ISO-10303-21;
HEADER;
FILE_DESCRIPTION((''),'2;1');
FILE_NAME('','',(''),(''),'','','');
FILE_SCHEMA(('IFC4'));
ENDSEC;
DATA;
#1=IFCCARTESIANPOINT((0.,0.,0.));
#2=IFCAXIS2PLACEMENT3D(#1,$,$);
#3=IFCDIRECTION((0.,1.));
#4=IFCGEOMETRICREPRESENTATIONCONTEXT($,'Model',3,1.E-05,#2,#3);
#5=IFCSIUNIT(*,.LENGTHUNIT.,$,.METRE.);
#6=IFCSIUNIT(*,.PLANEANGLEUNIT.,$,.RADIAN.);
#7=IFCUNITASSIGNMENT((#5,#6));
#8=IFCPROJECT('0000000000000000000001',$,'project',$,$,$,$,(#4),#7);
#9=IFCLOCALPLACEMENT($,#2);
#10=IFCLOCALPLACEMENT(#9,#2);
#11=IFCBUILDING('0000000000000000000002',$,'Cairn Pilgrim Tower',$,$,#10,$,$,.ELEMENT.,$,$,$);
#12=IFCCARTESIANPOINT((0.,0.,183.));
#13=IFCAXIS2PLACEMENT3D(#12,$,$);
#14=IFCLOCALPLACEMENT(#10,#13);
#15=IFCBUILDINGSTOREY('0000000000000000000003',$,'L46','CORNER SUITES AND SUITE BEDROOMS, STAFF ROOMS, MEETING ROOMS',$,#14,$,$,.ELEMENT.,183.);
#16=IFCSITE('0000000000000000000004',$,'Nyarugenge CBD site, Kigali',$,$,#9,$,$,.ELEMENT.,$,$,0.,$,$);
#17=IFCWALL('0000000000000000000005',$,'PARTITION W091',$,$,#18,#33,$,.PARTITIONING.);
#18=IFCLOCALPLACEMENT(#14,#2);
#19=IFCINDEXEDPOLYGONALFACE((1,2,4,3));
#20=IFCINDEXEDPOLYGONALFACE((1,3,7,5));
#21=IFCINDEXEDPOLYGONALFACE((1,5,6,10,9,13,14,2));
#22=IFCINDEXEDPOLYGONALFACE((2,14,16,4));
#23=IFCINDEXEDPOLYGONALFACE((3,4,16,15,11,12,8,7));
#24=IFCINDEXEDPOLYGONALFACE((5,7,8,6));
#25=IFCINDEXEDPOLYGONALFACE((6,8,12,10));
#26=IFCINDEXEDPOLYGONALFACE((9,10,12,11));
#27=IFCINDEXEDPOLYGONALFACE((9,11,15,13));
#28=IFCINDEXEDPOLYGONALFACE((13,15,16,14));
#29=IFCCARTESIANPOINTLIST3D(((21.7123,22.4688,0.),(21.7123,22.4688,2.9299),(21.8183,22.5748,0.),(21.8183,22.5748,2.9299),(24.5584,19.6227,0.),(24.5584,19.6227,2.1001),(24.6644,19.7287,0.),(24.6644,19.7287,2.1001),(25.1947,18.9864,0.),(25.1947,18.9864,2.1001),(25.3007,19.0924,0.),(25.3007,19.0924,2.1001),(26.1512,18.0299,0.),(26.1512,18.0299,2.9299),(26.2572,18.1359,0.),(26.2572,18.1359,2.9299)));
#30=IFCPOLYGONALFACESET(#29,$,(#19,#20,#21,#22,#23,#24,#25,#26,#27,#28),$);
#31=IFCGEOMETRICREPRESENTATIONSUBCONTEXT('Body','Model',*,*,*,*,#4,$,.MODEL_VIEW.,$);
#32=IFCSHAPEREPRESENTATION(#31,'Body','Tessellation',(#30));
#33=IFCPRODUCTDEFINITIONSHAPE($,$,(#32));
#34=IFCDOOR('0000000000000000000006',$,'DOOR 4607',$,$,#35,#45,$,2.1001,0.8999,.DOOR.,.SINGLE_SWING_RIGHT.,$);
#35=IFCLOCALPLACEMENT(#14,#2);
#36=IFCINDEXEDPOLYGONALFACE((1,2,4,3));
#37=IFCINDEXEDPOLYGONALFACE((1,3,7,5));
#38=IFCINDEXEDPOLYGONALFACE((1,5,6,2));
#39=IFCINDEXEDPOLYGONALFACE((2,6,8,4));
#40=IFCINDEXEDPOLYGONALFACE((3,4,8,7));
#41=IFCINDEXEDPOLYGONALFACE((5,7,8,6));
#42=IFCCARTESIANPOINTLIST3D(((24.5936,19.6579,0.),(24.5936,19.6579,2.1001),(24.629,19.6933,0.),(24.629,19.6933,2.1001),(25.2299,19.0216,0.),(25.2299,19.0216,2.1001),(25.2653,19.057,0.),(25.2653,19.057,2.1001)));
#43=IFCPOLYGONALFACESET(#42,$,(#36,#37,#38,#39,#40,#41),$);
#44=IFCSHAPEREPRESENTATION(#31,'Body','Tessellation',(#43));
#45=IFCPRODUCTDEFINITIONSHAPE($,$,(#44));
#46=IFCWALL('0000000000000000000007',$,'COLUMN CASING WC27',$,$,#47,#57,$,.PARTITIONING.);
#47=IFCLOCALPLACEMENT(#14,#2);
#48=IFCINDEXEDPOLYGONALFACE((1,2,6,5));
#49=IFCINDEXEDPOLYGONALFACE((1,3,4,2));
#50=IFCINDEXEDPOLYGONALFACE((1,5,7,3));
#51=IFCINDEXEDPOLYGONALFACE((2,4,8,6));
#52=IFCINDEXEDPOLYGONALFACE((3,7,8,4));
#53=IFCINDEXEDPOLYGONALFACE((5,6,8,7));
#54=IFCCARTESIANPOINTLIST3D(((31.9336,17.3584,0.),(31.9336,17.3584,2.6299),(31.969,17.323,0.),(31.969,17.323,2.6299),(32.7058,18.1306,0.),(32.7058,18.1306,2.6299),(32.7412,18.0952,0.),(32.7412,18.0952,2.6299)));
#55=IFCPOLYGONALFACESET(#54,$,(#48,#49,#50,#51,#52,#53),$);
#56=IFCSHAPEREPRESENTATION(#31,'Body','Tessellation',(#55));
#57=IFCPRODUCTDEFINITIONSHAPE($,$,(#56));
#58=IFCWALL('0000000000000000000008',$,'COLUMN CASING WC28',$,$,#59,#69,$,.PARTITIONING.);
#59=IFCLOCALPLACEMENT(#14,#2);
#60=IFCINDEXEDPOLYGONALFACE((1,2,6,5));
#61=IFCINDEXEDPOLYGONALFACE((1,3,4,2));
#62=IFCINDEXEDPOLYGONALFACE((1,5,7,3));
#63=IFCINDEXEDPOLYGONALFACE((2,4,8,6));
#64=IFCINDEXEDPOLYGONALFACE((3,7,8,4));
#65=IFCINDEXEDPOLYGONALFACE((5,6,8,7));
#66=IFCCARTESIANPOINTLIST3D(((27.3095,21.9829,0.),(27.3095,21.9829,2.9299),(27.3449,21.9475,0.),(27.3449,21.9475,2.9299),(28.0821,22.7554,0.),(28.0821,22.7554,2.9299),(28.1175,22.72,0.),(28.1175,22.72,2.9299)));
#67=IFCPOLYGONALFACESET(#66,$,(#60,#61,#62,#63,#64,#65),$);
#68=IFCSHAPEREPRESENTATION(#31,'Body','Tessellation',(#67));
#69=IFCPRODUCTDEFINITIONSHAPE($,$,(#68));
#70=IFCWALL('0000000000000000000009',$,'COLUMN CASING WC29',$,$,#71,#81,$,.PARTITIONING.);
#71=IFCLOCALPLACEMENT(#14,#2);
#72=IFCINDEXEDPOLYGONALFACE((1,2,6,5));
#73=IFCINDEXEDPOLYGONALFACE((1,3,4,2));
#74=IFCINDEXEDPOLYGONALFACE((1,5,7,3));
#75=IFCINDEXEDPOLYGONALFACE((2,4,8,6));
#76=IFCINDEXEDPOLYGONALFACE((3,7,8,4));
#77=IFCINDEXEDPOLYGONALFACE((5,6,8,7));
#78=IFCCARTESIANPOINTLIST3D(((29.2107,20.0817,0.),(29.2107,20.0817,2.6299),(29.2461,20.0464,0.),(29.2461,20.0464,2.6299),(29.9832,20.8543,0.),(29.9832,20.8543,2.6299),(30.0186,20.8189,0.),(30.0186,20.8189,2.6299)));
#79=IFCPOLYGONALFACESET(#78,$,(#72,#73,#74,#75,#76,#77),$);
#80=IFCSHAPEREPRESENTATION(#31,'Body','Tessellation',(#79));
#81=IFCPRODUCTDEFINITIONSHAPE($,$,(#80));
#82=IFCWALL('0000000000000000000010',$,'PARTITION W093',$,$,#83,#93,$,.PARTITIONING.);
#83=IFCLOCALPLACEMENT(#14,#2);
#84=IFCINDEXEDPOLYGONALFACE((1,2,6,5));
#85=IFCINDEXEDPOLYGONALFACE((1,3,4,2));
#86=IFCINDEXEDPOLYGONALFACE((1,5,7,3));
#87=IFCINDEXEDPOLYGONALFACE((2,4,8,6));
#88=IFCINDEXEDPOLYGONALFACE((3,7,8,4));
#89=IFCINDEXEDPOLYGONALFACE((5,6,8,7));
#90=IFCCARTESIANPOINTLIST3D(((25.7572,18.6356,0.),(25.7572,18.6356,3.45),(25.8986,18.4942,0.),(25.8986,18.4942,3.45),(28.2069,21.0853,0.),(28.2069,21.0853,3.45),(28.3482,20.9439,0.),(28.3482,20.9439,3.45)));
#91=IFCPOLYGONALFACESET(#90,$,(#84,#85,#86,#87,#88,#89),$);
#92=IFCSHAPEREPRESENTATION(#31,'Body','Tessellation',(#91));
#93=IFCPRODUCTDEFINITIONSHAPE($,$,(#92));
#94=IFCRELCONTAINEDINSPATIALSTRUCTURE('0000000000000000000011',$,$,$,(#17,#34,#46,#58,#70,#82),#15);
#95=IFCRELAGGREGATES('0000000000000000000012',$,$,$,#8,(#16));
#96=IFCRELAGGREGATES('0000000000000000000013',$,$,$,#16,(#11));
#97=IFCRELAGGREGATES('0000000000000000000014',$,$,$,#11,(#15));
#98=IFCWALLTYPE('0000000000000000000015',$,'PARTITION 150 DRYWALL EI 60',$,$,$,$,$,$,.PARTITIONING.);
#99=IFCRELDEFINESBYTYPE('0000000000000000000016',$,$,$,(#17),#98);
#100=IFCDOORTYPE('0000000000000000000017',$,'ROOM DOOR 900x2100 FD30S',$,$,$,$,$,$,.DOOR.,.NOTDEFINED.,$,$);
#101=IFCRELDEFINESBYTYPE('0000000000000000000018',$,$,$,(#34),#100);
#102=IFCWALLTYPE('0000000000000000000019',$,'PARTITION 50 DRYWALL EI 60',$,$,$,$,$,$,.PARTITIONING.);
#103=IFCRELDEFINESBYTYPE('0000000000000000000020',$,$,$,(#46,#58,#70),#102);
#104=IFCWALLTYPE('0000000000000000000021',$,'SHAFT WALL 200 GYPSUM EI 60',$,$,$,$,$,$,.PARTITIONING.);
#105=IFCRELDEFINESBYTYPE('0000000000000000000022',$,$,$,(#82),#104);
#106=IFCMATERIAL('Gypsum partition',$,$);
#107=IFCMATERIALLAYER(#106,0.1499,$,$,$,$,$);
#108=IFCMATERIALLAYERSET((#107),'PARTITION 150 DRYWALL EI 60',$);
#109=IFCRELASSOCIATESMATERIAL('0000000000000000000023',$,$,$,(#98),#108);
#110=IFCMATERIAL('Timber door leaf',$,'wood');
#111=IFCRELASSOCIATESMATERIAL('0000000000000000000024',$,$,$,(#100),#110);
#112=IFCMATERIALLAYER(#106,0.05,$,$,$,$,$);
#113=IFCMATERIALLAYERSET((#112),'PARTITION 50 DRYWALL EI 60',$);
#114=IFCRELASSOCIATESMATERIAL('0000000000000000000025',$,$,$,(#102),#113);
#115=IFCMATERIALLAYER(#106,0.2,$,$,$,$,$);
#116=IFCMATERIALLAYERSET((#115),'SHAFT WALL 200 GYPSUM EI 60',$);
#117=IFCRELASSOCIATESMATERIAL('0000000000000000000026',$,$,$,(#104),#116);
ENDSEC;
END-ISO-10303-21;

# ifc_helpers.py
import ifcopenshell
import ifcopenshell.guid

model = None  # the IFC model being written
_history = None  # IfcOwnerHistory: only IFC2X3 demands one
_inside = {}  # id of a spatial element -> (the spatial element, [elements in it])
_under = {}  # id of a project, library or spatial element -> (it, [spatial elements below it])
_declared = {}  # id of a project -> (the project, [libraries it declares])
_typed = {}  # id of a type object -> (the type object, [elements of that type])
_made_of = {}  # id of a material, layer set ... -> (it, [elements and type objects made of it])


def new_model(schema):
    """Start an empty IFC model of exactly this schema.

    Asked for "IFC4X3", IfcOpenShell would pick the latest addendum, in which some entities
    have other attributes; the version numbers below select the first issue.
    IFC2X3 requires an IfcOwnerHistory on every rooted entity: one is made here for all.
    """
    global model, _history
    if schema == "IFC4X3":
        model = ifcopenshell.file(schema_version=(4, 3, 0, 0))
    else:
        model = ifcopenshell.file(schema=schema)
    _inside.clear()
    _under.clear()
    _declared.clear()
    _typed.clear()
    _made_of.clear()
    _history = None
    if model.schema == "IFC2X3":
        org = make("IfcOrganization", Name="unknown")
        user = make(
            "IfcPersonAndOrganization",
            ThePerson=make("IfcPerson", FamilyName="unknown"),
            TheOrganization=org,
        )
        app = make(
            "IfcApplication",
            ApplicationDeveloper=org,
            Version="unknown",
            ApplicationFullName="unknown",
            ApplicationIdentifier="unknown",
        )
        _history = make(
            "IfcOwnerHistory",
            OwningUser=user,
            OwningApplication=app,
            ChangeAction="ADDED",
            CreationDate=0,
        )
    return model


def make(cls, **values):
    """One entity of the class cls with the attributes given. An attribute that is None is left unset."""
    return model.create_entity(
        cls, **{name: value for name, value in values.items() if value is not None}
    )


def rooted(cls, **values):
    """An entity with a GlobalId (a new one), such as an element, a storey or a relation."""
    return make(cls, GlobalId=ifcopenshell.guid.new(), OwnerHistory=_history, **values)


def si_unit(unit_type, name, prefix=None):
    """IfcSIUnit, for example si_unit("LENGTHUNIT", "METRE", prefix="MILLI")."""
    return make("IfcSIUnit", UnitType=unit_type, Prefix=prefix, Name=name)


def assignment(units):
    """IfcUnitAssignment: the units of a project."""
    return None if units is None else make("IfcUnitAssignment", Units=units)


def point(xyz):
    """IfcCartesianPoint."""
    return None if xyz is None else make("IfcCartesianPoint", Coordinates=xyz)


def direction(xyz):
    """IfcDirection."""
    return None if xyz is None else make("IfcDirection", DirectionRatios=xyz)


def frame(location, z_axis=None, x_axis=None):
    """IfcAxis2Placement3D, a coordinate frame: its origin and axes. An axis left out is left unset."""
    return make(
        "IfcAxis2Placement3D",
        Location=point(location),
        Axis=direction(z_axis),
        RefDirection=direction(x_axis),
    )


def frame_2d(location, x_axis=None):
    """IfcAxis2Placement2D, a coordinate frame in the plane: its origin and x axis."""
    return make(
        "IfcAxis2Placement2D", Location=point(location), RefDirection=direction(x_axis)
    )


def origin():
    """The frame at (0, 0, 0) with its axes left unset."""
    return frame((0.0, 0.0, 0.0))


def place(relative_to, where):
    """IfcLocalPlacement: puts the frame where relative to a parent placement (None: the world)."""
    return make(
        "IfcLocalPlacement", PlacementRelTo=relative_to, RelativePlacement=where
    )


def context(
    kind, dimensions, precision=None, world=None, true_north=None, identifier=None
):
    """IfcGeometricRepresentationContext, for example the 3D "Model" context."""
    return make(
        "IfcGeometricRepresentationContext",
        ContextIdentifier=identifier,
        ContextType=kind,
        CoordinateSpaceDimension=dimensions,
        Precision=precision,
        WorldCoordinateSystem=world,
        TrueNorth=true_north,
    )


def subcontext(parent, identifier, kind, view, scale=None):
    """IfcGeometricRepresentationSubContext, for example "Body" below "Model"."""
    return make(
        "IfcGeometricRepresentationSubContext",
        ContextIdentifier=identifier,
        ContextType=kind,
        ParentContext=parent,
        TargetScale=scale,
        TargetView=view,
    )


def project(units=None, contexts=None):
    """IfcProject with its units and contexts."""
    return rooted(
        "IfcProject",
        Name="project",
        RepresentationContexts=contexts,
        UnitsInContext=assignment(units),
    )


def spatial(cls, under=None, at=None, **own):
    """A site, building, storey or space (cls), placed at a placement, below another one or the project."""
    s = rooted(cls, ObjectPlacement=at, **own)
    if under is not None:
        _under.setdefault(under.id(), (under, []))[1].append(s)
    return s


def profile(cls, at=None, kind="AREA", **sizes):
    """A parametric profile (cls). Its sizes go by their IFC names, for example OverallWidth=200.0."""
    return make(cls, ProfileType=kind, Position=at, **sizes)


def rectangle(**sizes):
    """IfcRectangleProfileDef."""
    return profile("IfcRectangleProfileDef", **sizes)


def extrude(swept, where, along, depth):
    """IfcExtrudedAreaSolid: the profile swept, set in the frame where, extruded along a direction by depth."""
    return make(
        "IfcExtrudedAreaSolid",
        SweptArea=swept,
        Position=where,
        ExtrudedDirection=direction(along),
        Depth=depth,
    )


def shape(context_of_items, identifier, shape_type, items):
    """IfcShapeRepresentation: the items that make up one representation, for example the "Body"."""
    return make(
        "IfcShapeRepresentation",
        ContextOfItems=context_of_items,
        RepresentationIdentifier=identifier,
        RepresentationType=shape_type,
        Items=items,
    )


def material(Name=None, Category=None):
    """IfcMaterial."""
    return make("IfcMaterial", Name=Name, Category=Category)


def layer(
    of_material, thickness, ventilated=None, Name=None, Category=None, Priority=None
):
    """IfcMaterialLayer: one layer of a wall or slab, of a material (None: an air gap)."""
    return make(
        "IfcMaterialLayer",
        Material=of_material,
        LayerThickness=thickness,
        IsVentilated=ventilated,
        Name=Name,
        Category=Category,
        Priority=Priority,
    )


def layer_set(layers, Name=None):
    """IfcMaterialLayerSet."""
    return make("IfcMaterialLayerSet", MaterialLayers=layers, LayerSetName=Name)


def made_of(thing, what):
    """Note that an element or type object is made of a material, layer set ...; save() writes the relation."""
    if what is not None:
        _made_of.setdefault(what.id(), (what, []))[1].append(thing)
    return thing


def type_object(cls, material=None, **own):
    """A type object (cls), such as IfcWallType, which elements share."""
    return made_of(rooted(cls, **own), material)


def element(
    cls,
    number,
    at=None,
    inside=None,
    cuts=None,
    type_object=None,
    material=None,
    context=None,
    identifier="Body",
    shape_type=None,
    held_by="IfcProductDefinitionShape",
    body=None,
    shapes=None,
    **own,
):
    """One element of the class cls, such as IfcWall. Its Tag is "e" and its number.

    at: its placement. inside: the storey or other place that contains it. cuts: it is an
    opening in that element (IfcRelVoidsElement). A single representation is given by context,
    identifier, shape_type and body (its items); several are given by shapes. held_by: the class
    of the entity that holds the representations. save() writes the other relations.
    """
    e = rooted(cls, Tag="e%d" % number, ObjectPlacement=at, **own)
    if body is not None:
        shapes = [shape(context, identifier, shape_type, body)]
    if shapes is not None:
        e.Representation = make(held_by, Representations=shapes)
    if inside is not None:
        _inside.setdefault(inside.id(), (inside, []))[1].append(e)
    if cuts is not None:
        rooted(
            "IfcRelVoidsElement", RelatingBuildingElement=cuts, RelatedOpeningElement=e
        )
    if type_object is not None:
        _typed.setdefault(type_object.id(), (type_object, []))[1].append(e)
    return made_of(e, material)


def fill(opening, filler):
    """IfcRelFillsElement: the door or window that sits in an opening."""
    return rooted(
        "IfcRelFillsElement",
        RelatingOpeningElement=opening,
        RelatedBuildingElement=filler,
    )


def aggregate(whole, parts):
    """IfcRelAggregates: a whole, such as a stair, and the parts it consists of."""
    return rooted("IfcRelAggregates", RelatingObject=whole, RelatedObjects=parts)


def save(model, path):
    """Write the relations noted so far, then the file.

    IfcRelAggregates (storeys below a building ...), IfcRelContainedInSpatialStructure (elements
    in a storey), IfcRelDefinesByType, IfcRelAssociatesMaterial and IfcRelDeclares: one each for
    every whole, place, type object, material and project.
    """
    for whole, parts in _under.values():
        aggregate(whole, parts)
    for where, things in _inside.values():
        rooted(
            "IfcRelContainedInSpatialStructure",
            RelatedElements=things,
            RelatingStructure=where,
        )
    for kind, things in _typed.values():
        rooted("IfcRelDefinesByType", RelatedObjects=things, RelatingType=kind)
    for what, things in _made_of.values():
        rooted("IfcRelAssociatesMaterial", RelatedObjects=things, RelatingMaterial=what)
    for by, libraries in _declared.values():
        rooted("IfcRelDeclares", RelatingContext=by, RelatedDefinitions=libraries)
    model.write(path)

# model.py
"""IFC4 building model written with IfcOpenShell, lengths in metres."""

from ifc_helpers import new_model, si_unit, direction, frame, frame_2d, origin, place, context, subcontext, project, spatial, rectangle, extrude, material, layer, layer_set, type_object, element, fill, save


model = new_model("IFC4")

# Units and contexts
model_context = context("Model", 3, precision=1e-05, world=origin(), true_north=direction((0.0, 1.0)))
body_context = subcontext(model_context, "Body", "Model", "MODEL_VIEW")
ifc_project = project(units=[si_unit("LENGTHUNIT", "METRE"), si_unit("PLANEANGLEUNIT", "RADIAN")], contexts=[model_context])

# Site, building, storey
site_placement = place(None, origin())
site = spatial("IfcSite", under=ifc_project, at=site_placement, Name="Nyarugenge CBD site, Kigali", CompositionType="ELEMENT", RefElevation=0.0)
building_placement = place(site_placement, origin())
building = spatial("IfcBuilding", under=site, at=building_placement, Name="Cairn Pilgrim Tower", CompositionType="ELEMENT")
storey_placement = place(building_placement, frame((0.0, 0.0, 183.0)))
storey = spatial("IfcBuildingStorey", under=building, at=storey_placement, Name="L46", Description="CORNER SUITES AND SUITE BEDROOMS, STAFF ROOMS, MEETING ROOMS", CompositionType="ELEMENT", Elevation=183.0)

# Shared definitions
ifc_material_1 = material(Name="Gypsum partition")

# Wall, opening, door
ifc_layer_1 = layer(ifc_material_1, 0.1499)
ifc_layer_set_1 = layer_set([ifc_layer_1], Name="PARTITION 150 DRYWALL EI 60")
wall_type_1 = type_object("IfcWallType", Name="PARTITION 150 DRYWALL EI 60", PredefinedType="PARTITIONING", material=ifc_layer_set_1)
wall_1_placement = place(storey_placement, frame((26.2041, 18.083, 0.0), z_axis=(0.0, 0.0, 1.0), x_axis=(-0.707107, 0.707107, 0.0)))
wall_1 = element("IfcWall", 1, at=wall_1_placement, inside=storey, type_object=wall_type_1, Name="PARTITION W091", PredefinedType="PARTITIONING", context=body_context, shape_type="SweptSolid", body=[
    extrude(rectangle(XDim=6.2776, YDim=0.1499, at=frame_2d((3.1387, 0.0))), origin(), (0.0, 0.0, 1.0), 2.9299),
])
opening_1_placement = place(wall_1_placement, frame((1.3525, 0.0, 0.0)))
opening_1 = element("IfcOpeningElement", 2, at=opening_1_placement, cuts=wall_1, PredefinedType="OPENING", context=body_context, shape_type="SweptSolid", body=[
    extrude(rectangle(XDim=0.8999, YDim=2.1001, at=frame_2d((0.45, 1.05))), frame((0.0, 0.085, 0.0), z_axis=(0.0, -1.0, 0.0), x_axis=(1.0, 0.0, 0.0)), (0.0, 0.0, 1.0), 0.1699),
])
ifc_material_2 = material(Name="Timber door leaf", Category="wood")
door_type_1 = type_object("IfcDoorType", Name="ROOM DOOR 900x2100 FD30S", OperationType="NOTDEFINED", PredefinedType="DOOR", material=ifc_material_2)
door_1_placement = place(opening_1_placement, frame((0.8999, 0.0, 0.0), z_axis=(0.0, 0.0, 1.0), x_axis=(-1.0, 0.0, 0.0)))
door_1 = element("IfcDoor", 3, at=door_1_placement, inside=storey, type_object=door_type_1, Name="DOOR 4607", OperationType="SINGLE_SWING_RIGHT", OverallHeight=2.1001, OverallWidth=0.8999, PredefinedType="DOOR", context=body_context, shape_type="SweptSolid", body=[
    extrude(rectangle(XDim=0.8999, YDim=2.1001, at=frame_2d((0.45, 1.05))), frame((0.0, 0.0249, 0.0), z_axis=(0.0, -1.0, 0.0), x_axis=(1.0, 0.0, 0.0)), (0.0, 0.0, 1.0), 0.05),
])
fill(opening_1, door_1)

# Walls
ifc_layer_2 = layer(ifc_material_1, 0.05)
ifc_layer_set_2 = layer_set([ifc_layer_2], Name="PARTITION 50 DRYWALL EI 60")
wall_type_2 = type_object("IfcWallType", Name="PARTITION 50 DRYWALL EI 60", PredefinedType="PARTITIONING", material=ifc_layer_set_2)
wall_2_placement = place(storey_placement, frame((31.9514, 17.3408, 0.0), z_axis=(0.0, 0.0, 1.0), x_axis=(0.707107, 0.707107, 0.0)))
element("IfcWall", 4, at=wall_2_placement, inside=storey, type_object=wall_type_2, Name="COLUMN CASING WC27", PredefinedType="PARTITIONING", context=body_context, shape_type="SweptSolid", body=[
    extrude(rectangle(XDim=1.092, YDim=0.05, at=frame_2d((0.5459, 0.0))), origin(), (0.0, 0.0, 1.0), 2.6299),
])
wall_3_placement = place(storey_placement, frame((27.3271, 21.9651, 0.0), z_axis=(0.0, 0.0, 1.0), x_axis=(0.707107, 0.707107, 0.0)))
element("IfcWall", 5, at=wall_3_placement, inside=storey, type_object=wall_type_2, Name="COLUMN CASING WC28", PredefinedType="PARTITIONING", context=body_context, shape_type="SweptSolid", body=[
    extrude(rectangle(XDim=1.0925, YDim=0.05, at=frame_2d((0.5464, 0.0))), origin(), (0.0, 0.0, 1.0), 2.9299),
])
wall_4_placement = place(storey_placement, frame((29.2283, 20.064, 0.0), z_axis=(0.0, 0.0, 1.0), x_axis=(0.707107, 0.707107, 0.0)))
element("IfcWall", 6, at=wall_4_placement, inside=storey, type_object=wall_type_2, Name="COLUMN CASING WC29", PredefinedType="PARTITIONING", context=body_context, shape_type="SweptSolid", body=[
    extrude(rectangle(XDim=1.0925, YDim=0.05, at=frame_2d((0.5464, 0.0))), origin(), (0.0, 0.0, 1.0), 2.6299),
])
ifc_layer_3 = layer(ifc_material_1, 0.2)
ifc_layer_set_3 = layer_set([ifc_layer_3], Name="SHAFT WALL 200 GYPSUM EI 60")
wall_type_3 = type_object("IfcWallType", Name="SHAFT WALL 200 GYPSUM EI 60", PredefinedType="PARTITIONING", material=ifc_layer_set_3)
wall_5_placement = place(storey_placement, frame((25.8279, 18.5649, 0.0), z_axis=(0.0, 0.0, 1.0), x_axis=(0.707107, 0.707107, 0.0)))
element("IfcWall", 7, at=wall_5_placement, inside=storey, type_object=wall_type_3, Name="PARTITION W093", PredefinedType="PARTITIONING", context=body_context, shape_type="SweptSolid", body=[
    extrude(rectangle(XDim=3.4644, YDim=0.2, at=frame_2d((1.7322, 0.0))), origin(), (0.0, 0.0, 1.0), 3.45),
])

save(model, "model.ifc")
